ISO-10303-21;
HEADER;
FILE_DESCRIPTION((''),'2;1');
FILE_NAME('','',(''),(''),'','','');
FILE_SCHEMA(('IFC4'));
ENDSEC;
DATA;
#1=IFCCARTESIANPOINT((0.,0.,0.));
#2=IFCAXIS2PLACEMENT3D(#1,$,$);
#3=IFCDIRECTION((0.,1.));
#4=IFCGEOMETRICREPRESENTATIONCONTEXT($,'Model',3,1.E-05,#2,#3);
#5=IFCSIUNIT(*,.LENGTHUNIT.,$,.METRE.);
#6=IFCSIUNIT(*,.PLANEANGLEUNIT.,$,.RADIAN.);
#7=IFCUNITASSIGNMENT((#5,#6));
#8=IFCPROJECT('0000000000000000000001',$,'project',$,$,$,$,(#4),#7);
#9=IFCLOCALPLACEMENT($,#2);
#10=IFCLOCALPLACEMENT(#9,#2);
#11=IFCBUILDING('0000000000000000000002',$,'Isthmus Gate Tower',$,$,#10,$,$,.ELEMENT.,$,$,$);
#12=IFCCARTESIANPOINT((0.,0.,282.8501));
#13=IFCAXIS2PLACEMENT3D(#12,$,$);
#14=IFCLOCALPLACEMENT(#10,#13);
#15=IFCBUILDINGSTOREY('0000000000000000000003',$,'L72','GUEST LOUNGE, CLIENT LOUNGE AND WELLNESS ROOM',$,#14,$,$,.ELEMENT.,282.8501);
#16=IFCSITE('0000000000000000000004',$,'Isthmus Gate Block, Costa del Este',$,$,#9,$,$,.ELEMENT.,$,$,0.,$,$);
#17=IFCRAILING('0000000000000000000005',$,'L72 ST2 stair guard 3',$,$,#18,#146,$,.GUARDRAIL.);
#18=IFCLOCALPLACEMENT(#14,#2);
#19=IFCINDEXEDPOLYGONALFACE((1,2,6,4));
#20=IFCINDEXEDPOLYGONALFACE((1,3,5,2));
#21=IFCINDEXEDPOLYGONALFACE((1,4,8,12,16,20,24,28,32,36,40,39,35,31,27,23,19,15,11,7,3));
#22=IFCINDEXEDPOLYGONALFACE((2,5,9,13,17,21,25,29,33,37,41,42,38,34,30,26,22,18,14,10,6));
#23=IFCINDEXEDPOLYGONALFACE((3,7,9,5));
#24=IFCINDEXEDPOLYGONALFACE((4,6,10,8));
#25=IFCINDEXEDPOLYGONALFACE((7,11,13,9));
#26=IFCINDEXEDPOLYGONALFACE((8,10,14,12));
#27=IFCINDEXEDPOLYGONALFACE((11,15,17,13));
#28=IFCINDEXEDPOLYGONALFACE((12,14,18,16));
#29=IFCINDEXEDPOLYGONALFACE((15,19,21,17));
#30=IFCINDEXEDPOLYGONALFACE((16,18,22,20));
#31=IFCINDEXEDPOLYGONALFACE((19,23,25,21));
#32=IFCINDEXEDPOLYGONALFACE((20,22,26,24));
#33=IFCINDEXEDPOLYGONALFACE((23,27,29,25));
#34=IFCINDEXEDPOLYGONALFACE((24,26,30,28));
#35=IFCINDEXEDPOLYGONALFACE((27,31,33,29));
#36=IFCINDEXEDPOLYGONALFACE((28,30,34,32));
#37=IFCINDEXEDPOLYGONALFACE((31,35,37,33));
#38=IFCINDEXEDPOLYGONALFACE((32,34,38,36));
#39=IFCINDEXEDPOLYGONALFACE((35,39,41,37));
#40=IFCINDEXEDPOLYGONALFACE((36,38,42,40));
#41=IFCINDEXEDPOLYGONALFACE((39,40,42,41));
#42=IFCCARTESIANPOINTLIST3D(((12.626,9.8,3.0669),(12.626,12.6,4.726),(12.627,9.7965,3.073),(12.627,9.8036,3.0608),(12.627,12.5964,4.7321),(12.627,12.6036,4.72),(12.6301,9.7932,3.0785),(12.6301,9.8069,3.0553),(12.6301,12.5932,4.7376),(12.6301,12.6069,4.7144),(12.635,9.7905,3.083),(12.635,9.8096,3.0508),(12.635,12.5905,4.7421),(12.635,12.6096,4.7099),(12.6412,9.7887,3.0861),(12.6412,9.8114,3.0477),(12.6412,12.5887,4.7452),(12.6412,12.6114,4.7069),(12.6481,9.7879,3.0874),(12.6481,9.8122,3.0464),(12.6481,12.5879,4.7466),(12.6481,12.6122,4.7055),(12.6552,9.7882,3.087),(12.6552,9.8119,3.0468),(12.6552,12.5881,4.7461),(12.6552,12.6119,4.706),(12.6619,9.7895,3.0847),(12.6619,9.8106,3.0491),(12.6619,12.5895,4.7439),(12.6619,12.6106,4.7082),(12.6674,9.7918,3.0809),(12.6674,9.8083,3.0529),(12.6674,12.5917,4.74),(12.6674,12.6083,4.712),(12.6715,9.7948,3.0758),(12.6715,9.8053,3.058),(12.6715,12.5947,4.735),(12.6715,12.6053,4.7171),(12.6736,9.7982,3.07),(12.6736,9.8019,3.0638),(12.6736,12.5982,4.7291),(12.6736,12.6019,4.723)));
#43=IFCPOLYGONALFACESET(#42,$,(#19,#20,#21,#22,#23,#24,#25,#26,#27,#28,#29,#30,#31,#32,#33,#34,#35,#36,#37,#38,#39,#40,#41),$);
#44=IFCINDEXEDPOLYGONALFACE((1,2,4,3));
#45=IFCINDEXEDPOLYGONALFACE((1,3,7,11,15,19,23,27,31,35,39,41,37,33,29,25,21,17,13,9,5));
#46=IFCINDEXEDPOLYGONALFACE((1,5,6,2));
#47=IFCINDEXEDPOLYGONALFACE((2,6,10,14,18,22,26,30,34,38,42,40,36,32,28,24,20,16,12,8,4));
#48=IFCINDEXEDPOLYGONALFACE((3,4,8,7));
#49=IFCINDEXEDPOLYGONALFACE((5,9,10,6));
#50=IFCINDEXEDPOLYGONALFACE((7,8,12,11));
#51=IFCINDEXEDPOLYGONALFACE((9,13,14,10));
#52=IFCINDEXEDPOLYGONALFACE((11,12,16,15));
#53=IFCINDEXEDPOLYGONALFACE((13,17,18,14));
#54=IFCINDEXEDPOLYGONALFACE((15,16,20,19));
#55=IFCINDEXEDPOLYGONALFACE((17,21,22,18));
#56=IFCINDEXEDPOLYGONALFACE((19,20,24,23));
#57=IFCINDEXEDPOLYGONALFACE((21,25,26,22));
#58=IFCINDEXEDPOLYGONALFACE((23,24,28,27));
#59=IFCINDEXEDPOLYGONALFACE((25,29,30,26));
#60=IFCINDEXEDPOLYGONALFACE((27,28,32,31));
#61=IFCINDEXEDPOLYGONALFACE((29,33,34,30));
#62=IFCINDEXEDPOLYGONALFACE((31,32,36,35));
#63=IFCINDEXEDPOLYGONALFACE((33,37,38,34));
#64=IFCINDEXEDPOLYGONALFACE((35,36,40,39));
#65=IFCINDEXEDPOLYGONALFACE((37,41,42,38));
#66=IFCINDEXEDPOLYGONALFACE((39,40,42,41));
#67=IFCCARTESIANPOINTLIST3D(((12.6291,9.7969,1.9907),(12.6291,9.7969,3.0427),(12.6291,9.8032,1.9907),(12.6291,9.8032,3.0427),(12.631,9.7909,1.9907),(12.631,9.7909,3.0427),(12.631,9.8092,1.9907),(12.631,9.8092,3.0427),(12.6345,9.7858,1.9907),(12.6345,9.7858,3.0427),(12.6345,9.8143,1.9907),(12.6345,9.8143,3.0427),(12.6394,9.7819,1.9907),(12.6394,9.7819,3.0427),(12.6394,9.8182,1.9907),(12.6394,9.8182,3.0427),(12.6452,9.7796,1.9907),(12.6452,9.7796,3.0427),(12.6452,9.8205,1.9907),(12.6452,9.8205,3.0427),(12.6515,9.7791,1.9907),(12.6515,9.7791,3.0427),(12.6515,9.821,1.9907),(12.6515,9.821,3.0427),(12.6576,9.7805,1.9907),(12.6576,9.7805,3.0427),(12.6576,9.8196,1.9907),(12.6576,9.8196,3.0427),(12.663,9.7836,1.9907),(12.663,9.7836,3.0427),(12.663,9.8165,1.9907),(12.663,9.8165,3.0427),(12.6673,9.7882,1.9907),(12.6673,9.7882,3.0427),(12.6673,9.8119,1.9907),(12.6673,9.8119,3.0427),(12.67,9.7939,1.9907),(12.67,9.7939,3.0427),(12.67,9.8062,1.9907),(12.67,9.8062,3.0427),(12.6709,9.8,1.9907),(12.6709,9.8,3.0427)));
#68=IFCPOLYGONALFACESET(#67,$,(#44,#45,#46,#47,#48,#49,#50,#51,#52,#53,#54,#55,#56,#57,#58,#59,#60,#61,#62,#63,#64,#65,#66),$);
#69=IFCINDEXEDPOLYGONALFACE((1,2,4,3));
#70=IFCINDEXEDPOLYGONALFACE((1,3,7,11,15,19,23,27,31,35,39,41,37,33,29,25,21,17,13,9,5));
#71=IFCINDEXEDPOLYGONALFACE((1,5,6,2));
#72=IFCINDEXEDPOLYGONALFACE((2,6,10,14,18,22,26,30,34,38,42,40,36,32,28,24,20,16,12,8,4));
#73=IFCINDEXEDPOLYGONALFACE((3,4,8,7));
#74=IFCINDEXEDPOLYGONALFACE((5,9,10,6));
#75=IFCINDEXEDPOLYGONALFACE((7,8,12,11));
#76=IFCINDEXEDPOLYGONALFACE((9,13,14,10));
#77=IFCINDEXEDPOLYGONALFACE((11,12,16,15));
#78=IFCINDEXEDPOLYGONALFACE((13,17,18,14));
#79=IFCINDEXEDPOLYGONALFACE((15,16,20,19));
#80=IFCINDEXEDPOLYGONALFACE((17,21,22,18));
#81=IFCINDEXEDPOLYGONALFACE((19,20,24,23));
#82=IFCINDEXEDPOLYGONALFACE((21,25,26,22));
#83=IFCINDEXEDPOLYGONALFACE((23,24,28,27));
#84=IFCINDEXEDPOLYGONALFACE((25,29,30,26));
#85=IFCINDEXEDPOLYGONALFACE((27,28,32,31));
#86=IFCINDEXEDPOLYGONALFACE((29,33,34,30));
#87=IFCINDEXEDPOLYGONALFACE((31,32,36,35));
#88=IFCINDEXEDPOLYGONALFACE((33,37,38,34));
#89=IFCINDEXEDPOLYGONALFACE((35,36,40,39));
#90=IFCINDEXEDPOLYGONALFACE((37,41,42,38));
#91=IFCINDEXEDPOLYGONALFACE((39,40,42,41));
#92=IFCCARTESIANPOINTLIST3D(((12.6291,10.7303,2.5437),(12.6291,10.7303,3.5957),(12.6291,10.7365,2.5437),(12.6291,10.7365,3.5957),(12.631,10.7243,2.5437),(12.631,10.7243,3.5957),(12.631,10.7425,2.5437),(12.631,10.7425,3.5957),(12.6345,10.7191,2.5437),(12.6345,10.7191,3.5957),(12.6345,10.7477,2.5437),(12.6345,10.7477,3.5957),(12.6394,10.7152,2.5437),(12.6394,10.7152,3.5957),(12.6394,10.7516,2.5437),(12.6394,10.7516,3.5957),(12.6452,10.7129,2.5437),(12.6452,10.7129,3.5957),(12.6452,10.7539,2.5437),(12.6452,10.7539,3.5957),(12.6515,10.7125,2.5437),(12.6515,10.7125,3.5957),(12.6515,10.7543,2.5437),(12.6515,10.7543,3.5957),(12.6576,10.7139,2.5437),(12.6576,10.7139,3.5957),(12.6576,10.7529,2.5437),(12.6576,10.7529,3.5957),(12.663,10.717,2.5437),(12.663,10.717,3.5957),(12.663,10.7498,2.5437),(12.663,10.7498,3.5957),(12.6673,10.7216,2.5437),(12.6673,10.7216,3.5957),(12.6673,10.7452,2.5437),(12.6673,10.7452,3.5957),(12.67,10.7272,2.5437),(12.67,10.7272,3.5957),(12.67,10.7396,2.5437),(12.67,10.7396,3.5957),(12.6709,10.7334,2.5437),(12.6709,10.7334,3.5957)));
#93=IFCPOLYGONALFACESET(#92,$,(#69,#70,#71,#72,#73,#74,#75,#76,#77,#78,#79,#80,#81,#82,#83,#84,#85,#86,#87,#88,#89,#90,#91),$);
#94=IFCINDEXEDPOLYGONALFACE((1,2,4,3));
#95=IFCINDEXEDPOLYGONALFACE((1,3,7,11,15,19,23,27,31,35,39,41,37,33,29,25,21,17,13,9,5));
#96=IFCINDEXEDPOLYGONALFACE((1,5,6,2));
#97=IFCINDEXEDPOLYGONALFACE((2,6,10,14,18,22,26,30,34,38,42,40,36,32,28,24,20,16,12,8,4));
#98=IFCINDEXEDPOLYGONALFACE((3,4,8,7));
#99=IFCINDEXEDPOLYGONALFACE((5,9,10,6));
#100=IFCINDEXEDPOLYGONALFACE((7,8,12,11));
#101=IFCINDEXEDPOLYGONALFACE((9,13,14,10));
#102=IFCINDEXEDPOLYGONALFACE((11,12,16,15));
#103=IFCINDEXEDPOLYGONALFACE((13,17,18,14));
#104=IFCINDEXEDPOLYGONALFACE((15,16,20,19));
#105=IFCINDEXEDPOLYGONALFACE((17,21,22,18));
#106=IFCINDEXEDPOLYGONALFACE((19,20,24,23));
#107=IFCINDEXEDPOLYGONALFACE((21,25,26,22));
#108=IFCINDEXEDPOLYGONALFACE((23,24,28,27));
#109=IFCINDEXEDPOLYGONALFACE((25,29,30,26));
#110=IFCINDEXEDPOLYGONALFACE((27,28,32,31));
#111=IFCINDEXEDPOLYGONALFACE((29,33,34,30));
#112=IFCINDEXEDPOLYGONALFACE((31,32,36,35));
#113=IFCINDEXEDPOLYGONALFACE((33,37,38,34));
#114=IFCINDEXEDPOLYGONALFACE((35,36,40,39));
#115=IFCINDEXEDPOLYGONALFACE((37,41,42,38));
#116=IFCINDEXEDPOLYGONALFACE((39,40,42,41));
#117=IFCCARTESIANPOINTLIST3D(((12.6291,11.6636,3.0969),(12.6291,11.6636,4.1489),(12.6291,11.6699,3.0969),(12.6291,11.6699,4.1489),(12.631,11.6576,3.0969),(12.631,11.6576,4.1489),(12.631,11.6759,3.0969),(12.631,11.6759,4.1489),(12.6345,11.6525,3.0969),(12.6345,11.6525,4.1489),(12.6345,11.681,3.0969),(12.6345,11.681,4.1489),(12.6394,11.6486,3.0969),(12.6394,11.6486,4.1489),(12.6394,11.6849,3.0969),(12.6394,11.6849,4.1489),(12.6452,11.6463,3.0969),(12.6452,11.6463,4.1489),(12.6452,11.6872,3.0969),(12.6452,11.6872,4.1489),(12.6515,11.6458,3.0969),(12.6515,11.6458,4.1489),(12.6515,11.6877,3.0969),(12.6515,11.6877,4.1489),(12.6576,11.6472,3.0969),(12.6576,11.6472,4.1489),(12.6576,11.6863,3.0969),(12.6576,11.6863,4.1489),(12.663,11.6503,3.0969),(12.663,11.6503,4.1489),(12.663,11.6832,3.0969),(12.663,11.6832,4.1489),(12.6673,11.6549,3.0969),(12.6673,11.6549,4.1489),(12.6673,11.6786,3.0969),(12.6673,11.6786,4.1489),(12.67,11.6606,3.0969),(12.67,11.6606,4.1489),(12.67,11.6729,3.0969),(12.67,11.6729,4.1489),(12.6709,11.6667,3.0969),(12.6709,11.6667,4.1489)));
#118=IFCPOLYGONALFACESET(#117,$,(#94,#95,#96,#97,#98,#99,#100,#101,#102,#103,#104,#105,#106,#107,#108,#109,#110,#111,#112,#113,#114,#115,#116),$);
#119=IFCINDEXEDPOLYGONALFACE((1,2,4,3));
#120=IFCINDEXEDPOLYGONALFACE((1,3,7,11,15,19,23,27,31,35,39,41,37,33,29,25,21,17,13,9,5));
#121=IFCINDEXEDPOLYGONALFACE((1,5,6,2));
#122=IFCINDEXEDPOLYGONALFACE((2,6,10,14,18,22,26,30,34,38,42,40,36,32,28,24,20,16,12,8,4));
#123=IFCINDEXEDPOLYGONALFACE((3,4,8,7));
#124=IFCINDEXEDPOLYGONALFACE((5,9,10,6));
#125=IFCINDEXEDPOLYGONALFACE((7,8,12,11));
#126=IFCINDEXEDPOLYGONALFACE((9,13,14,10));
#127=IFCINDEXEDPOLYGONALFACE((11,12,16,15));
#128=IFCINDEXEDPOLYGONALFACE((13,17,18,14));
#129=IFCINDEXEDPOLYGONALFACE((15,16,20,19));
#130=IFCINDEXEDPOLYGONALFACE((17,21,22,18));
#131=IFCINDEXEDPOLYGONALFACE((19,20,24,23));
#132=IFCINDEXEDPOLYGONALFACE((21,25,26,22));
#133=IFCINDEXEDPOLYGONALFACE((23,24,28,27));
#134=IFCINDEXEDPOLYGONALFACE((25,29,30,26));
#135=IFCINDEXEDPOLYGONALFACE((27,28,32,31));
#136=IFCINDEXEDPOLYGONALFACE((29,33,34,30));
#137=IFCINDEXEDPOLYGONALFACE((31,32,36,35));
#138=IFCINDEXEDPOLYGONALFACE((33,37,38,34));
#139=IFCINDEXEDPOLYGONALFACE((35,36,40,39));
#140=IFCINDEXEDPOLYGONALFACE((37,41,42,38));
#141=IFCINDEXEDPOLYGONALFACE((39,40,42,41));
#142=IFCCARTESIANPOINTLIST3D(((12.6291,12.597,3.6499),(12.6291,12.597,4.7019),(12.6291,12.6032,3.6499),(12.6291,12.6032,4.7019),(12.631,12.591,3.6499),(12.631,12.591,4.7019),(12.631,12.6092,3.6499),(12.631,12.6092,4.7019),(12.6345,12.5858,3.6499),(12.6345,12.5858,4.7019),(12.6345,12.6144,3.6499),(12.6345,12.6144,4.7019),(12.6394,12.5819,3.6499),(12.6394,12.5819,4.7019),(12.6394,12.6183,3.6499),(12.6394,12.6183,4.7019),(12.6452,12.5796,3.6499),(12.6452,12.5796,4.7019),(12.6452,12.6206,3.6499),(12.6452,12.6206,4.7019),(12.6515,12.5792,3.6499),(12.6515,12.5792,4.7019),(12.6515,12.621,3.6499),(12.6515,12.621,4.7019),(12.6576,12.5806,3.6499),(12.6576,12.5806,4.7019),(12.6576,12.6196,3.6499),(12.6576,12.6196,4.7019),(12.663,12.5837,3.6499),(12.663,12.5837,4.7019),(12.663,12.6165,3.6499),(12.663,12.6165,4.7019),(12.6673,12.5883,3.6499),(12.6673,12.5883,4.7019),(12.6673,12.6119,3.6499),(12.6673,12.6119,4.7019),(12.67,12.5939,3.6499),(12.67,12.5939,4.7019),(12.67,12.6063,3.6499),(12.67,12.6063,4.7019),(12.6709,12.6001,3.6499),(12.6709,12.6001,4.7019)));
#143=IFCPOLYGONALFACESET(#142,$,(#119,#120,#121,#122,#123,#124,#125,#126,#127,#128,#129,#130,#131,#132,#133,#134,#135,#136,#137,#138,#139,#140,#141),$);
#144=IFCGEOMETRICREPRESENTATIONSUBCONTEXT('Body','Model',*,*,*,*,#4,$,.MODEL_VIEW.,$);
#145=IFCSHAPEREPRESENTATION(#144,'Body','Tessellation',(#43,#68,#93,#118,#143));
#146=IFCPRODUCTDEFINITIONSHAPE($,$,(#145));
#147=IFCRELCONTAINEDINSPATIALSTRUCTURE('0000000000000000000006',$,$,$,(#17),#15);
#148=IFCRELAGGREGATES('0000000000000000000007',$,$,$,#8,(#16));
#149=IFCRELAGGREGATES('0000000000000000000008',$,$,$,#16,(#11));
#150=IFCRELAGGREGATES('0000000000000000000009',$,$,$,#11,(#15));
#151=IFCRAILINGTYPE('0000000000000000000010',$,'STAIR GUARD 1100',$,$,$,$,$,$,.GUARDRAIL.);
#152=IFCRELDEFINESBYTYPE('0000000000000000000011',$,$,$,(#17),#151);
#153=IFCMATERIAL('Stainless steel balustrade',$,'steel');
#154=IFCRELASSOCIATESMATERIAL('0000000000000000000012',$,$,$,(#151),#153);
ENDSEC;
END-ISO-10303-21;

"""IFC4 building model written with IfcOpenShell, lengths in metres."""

from ifc_helpers import new_model, si_unit, direction, frame, origin, origin_2d, place, context, subcontext, project, spatial, circle, extrude, material, type_object, element, save


model = new_model("IFC4")

# Units and contexts
model_context = context("Model", 3, precision=1e-05, world=origin(), true_north=direction((0.0, 1.0)))
body_context = subcontext(model_context, "Body", "Model", "MODEL_VIEW")
ifc_project = project(units=[si_unit("LENGTHUNIT", "METRE"), si_unit("PLANEANGLEUNIT", "RADIAN")], contexts=[model_context])

# Site, building, storey
site_placement = place(None, origin())
site = spatial("IfcSite", under=ifc_project, at=site_placement, Name="Isthmus Gate Block, Costa del Este", CompositionType="ELEMENT", RefElevation=0.0)
building_placement = place(site_placement, origin())
building = spatial("IfcBuilding", under=site, at=building_placement, Name="Isthmus Gate Tower", CompositionType="ELEMENT")
storey_placement = place(building_placement, frame((0.0, 0.0, 282.8501)))
storey = spatial("IfcBuildingStorey", under=building, at=storey_placement, Name="L72", Description="GUEST LOUNGE, CLIENT LOUNGE AND WELLNESS ROOM", CompositionType="ELEMENT", Elevation=282.8501)

# Railing
ifc_material_1 = material(Name="Stainless steel balustrade", Category="steel")
railing_type_1 = type_object("IfcRailingType", Name="STAIR GUARD 1100", PredefinedType="GUARDRAIL", material=ifc_material_1)
railing_1_placement = place(storey_placement, frame((12.6499, 9.8, 1.9907)))
element("IfcRailing", 1, at=railing_1_placement, inside=storey, type_object=railing_type_1, Name="L72 ST2 stair guard 3", PredefinedType="GUARDRAIL", context=body_context, shape_type="SweptSolid", body=[
    extrude(circle(Radius=0.0239, at=origin_2d()), frame((0.0, 0.0, 1.0762), z_axis=(0.0, 0.860306, 0.509778), x_axis=(-1.0, 0.0, 0.0)), (0.0, 0.0, 1.0), 3.2546),
    extrude(circle(Radius=0.021, at=origin_2d()), origin(), (0.0, 0.0, 1.0), 1.052),
    extrude(circle(Radius=0.021, at=origin_2d()), frame((0.0, 0.9333, 0.553)), (0.0, 0.0, 1.0), 1.052),
    extrude(circle(Radius=0.021, at=origin_2d()), frame((0.0, 1.8667, 1.1062)), (0.0, 0.0, 1.0), 1.052),
    extrude(circle(Radius=0.021, at=origin_2d()), frame((0.0, 2.8, 1.6592)), (0.0, 0.0, 1.0), 1.052),
])

save(model, "model.ifc")
